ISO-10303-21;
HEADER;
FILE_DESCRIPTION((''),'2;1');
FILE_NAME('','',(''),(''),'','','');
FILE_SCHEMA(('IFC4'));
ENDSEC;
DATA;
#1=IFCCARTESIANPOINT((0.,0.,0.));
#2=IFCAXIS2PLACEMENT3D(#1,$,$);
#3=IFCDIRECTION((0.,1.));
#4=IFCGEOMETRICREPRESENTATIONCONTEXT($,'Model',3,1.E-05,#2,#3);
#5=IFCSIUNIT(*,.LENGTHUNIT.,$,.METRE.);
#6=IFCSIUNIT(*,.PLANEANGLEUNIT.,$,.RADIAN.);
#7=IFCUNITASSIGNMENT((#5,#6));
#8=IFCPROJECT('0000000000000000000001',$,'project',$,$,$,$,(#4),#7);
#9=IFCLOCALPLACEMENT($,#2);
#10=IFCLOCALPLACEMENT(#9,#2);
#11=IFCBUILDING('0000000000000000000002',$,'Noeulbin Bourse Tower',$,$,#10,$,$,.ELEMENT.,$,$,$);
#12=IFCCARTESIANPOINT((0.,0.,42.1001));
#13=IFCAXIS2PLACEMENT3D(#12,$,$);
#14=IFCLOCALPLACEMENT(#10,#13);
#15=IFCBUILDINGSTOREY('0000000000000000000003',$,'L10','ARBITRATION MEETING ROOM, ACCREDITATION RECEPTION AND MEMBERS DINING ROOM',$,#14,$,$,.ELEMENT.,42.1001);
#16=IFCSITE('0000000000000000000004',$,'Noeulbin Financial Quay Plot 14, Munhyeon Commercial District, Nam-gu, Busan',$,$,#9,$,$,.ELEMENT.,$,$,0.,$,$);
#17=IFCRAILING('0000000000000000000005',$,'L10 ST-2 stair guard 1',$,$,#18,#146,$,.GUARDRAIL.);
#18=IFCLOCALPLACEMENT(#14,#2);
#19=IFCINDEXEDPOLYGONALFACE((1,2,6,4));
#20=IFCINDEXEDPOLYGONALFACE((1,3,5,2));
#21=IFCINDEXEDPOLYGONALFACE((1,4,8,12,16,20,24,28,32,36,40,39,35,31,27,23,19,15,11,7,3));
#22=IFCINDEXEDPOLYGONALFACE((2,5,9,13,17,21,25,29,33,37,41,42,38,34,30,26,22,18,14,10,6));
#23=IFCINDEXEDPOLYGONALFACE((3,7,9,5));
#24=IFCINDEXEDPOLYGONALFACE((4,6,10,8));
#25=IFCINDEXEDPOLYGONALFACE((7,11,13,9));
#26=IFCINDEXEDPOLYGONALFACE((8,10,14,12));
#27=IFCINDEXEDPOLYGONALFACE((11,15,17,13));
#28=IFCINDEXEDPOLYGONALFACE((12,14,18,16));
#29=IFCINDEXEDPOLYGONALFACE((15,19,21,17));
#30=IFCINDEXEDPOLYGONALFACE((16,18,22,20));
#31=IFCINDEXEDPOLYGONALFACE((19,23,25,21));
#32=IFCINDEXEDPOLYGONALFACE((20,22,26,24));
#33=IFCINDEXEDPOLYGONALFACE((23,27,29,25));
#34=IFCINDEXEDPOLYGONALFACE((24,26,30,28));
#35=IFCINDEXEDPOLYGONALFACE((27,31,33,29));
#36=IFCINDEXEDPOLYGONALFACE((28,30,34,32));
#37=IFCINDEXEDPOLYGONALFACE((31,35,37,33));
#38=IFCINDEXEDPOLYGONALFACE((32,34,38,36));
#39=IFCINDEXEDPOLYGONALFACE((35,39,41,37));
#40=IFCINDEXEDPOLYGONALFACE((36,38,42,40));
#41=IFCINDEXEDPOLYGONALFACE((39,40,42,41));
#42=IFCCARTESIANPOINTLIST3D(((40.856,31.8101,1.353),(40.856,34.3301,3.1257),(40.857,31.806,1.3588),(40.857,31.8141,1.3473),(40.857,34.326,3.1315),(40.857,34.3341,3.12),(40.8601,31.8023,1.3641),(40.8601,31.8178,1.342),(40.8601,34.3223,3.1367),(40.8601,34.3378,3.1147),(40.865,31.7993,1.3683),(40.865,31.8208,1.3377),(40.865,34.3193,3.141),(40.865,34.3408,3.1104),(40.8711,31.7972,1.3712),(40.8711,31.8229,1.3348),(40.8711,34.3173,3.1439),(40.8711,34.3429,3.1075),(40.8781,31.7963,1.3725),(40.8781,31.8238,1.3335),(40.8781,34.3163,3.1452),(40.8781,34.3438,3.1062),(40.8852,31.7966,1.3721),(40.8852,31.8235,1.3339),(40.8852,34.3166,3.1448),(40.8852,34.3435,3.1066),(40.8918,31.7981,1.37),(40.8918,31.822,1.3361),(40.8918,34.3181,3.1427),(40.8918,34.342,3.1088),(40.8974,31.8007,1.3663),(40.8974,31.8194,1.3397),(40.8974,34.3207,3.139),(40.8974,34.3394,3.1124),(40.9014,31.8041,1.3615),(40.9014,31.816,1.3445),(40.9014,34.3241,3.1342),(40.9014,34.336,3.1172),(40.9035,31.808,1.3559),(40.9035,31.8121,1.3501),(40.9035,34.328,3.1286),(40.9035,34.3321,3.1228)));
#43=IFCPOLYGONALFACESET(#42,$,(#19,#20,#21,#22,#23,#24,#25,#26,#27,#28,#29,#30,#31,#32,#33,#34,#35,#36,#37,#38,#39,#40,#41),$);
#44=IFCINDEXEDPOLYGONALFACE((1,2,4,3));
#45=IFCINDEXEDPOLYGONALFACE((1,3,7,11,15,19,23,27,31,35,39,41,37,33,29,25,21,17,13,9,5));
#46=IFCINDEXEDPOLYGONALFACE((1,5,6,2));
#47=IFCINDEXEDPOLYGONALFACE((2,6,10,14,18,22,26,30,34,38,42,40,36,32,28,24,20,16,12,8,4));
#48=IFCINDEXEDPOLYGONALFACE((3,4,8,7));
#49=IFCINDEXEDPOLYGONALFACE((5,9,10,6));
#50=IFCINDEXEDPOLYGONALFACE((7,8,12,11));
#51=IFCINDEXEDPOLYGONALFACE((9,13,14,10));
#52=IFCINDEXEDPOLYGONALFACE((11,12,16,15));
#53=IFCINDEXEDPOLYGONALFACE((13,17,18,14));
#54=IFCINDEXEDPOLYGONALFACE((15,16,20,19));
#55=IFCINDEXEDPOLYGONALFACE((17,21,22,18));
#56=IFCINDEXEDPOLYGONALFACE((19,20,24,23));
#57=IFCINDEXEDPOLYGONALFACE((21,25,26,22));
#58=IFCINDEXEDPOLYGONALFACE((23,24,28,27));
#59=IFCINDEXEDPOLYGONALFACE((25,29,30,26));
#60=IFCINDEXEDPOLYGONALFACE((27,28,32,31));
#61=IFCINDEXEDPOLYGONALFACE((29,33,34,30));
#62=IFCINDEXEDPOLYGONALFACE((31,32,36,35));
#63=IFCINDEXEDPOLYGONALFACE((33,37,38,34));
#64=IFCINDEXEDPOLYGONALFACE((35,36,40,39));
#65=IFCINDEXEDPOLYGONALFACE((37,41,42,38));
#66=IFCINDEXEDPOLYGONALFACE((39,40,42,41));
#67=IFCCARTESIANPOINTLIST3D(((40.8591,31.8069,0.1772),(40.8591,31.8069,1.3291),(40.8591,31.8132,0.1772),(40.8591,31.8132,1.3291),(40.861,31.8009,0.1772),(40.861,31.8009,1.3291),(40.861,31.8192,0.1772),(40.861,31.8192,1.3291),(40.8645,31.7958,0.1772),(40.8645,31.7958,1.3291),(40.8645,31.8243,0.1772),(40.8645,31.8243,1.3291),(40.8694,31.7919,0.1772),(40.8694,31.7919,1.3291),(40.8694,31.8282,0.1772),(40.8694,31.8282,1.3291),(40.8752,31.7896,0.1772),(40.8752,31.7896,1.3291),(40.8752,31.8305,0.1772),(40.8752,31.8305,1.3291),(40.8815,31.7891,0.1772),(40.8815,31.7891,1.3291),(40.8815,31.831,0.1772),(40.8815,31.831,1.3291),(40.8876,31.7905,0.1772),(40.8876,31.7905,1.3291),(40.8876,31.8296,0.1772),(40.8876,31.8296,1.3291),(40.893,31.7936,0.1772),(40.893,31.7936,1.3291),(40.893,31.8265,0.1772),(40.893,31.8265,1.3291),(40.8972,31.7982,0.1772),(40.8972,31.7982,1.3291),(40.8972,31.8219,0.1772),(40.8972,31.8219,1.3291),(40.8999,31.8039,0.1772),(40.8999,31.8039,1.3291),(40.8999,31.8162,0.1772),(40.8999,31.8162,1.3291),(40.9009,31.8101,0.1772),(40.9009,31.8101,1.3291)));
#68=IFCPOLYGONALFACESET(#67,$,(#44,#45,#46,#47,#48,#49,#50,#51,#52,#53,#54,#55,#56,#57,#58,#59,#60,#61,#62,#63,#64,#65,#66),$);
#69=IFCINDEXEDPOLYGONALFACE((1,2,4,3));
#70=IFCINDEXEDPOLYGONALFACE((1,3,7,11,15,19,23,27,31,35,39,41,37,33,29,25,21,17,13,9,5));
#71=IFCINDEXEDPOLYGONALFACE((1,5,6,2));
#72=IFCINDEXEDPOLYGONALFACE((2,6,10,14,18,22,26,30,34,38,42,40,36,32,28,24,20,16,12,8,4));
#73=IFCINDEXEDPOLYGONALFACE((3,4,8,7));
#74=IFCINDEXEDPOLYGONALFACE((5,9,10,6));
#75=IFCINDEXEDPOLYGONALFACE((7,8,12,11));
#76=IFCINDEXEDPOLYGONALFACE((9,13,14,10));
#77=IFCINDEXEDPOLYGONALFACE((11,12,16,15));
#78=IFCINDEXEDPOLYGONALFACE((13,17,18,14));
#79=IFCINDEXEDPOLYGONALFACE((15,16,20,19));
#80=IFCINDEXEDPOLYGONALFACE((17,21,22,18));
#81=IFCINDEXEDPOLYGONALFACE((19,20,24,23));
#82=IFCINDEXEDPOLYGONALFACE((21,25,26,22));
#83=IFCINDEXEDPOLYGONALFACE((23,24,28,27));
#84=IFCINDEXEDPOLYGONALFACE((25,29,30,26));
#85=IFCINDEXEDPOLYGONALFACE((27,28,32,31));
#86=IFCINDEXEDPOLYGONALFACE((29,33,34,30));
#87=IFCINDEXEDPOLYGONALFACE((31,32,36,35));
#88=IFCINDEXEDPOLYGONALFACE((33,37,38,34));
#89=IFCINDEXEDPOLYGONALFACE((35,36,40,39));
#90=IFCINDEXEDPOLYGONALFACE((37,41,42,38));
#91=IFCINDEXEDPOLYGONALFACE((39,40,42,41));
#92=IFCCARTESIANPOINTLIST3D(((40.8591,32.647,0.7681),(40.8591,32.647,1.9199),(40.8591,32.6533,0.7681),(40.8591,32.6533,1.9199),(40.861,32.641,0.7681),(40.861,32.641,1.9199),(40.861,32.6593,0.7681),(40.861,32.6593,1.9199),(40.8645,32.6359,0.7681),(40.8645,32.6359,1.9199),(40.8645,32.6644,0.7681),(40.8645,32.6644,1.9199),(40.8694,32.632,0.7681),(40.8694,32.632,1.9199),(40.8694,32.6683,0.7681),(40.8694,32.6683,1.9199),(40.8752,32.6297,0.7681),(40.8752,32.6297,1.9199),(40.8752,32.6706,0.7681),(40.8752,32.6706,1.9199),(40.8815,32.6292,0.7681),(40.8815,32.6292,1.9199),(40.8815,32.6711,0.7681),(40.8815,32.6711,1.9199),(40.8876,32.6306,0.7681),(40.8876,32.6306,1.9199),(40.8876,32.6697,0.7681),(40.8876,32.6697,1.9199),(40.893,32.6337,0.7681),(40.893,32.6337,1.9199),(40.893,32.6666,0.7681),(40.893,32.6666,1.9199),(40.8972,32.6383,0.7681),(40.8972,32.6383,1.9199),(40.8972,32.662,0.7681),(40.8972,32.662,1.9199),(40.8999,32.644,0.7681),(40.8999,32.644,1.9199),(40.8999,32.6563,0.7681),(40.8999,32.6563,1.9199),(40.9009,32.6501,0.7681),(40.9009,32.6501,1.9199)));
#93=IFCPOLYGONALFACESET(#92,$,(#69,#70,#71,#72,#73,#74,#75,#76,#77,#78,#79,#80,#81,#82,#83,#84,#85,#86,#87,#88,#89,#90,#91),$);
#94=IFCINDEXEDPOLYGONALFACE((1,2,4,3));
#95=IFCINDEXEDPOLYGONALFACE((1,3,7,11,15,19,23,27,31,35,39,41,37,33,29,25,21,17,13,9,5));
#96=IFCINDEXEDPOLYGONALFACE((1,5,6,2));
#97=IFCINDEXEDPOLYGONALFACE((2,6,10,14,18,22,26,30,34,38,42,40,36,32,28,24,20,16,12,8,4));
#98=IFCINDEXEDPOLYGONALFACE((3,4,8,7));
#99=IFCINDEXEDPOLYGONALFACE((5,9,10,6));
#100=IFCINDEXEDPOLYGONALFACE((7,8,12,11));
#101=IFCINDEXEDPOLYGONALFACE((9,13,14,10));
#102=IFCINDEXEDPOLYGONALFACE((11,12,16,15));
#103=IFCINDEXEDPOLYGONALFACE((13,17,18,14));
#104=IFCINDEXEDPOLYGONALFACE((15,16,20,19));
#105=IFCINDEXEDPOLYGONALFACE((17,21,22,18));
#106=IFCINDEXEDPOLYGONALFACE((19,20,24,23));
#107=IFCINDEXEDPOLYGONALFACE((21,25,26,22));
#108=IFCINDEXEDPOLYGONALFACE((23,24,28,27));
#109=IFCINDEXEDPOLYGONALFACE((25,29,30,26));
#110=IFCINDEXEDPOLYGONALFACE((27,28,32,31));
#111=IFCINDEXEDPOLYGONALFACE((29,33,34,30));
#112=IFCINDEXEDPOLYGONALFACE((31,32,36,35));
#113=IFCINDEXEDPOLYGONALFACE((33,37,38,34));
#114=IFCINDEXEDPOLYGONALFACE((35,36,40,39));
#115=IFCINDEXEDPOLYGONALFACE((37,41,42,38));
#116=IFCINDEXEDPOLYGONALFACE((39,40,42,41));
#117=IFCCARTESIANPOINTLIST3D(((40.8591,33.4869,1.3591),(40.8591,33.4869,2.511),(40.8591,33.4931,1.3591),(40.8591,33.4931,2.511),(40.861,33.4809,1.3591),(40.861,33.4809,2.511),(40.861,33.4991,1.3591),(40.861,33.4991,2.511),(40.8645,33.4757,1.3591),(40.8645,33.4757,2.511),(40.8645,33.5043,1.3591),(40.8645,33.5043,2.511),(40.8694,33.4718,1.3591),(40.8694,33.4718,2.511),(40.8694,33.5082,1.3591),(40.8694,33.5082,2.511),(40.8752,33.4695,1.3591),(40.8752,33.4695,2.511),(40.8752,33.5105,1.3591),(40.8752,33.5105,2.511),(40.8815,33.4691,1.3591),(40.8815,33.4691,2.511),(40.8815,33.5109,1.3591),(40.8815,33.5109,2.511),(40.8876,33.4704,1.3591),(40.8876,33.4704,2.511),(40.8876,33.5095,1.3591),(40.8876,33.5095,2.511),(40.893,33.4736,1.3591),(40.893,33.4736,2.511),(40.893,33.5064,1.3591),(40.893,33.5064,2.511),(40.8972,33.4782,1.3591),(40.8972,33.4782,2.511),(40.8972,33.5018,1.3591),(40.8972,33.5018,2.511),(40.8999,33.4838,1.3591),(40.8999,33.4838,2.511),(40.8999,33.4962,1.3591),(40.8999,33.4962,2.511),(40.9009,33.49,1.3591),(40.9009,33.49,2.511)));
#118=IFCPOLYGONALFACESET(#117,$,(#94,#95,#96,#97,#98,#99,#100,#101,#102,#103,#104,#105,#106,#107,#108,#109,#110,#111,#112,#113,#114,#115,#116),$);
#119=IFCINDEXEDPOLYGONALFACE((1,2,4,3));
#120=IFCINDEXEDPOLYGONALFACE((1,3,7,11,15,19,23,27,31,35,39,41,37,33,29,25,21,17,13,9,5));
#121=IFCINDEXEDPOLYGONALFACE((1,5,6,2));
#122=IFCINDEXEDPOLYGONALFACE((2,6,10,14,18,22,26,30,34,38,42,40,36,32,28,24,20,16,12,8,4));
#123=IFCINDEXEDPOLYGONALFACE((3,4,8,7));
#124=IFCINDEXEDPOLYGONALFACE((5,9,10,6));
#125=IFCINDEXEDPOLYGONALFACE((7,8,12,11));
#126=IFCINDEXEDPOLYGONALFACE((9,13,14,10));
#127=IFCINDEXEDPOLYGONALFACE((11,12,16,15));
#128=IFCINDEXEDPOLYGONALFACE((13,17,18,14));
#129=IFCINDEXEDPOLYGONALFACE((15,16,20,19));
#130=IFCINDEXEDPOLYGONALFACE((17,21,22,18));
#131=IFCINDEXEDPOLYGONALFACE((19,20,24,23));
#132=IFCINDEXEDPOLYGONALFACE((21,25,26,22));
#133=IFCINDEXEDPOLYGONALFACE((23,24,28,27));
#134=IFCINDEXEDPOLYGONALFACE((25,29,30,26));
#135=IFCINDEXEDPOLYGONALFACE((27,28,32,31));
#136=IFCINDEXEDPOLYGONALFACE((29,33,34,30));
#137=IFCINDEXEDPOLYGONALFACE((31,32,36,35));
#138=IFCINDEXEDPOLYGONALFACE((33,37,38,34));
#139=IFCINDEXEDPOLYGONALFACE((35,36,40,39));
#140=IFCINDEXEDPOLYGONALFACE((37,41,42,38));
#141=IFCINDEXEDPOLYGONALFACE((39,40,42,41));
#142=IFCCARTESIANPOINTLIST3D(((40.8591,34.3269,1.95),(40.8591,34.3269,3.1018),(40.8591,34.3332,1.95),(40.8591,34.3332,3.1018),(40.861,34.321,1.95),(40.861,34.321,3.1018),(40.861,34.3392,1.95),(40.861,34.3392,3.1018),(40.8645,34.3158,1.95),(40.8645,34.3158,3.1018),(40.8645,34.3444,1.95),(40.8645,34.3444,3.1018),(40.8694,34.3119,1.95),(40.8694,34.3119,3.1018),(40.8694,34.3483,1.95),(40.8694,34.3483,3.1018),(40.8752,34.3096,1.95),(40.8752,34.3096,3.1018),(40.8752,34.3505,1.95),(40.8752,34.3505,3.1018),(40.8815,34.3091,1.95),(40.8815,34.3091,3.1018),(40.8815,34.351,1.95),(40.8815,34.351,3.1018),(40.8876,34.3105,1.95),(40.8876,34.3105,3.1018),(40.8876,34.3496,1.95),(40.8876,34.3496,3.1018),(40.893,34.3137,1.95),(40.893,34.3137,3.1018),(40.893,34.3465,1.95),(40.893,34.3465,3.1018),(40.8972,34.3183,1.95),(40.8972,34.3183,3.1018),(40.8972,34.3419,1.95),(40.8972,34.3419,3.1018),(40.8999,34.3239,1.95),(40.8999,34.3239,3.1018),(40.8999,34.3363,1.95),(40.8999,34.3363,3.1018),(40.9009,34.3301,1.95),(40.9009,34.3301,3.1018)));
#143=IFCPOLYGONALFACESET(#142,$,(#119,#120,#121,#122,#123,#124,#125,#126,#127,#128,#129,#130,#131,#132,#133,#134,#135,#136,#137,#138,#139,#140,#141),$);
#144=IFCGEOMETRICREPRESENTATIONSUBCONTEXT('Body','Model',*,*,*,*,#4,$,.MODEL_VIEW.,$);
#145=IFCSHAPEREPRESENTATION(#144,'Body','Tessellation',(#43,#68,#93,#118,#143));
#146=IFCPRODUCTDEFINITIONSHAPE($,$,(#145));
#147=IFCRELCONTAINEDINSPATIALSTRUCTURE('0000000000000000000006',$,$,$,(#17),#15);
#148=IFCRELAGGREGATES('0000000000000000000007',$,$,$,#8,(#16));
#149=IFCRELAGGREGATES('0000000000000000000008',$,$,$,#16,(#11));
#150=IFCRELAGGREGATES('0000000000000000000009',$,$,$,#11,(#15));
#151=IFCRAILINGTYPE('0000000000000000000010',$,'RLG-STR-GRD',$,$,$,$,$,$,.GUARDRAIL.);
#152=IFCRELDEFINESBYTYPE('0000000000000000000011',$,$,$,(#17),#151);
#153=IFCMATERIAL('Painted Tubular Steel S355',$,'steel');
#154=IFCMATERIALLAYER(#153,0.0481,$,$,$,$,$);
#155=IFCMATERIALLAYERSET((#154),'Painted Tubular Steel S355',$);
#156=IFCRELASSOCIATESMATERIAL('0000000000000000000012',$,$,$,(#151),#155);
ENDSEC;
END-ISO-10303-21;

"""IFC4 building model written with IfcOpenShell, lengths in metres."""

from ifc_helpers import new_model, si_unit, direction, frame, origin, origin_2d, place, context, subcontext, project, spatial, circle, extrude, material, layer, layer_set, type_object, element, save


model = new_model("IFC4")

# Units and contexts
model_context = context("Model", 3, precision=1e-05, world=origin(), true_north=direction((0.0, 1.0)))
body_context = subcontext(model_context, "Body", "Model", "MODEL_VIEW")
ifc_project = project(units=[si_unit("LENGTHUNIT", "METRE"), si_unit("PLANEANGLEUNIT", "RADIAN")], contexts=[model_context])

# Site, building, storey
site_placement = place(None, origin())
site = spatial("IfcSite", under=ifc_project, at=site_placement, Name="Noeulbin Financial Quay Plot 14, Munhyeon Commercial District, Nam-gu, Busan", CompositionType="ELEMENT", RefElevation=0.0)
building_placement = place(site_placement, origin())
building = spatial("IfcBuilding", under=site, at=building_placement, Name="Noeulbin Bourse Tower", CompositionType="ELEMENT")
storey_placement = place(building_placement, frame((0.0, 0.0, 42.1001)))
storey = spatial("IfcBuildingStorey", under=building, at=storey_placement, Name="L10", Description="ARBITRATION MEETING ROOM, ACCREDITATION RECEPTION AND MEMBERS DINING ROOM", CompositionType="ELEMENT", Elevation=42.1001)

# Railing
ifc_material_1 = material(Name="Painted Tubular Steel S355", Category="steel")
ifc_layer_1 = layer(ifc_material_1, 0.0481)
ifc_layer_set_1 = layer_set([ifc_layer_1], Name="Painted Tubular Steel S355")
railing_type_1 = type_object("IfcRailingType", Name="RLG-STR-GRD", PredefinedType="GUARDRAIL", material=ifc_layer_set_1)
railing_1_placement = place(storey_placement, frame((40.8799, 31.8101, 0.1772)))
element("IfcRailing", 1, at=railing_1_placement, inside=storey, type_object=railing_type_1, Name="L10 ST-2 stair guard 1", PredefinedType="GUARDRAIL", context=body_context, shape_type="SweptSolid", body=[
    extrude(circle(Radius=0.0239, at=origin_2d()), frame((0.0, 0.0, 1.1758), z_axis=(0.0, 0.817904, 0.575354), x_axis=(-1.0, 0.0, 0.0)), (0.0, 0.0, 1.0), 3.0811),
    extrude(circle(Radius=0.021, at=origin_2d()), origin(), (0.0, 0.0, 1.0), 1.1519),
    extrude(circle(Radius=0.021, at=origin_2d()), frame((0.0, 0.8401, 0.5908)), (0.0, 0.0, 1.0), 1.1519),
    extrude(circle(Radius=0.021, at=origin_2d()), frame((0.0, 1.6799, 1.1819)), (0.0, 0.0, 1.0), 1.1519),
    extrude(circle(Radius=0.021, at=origin_2d()), frame((0.0, 2.52, 1.7727)), (0.0, 0.0, 1.0), 1.1519),
])

save(model, "model.ifc")
